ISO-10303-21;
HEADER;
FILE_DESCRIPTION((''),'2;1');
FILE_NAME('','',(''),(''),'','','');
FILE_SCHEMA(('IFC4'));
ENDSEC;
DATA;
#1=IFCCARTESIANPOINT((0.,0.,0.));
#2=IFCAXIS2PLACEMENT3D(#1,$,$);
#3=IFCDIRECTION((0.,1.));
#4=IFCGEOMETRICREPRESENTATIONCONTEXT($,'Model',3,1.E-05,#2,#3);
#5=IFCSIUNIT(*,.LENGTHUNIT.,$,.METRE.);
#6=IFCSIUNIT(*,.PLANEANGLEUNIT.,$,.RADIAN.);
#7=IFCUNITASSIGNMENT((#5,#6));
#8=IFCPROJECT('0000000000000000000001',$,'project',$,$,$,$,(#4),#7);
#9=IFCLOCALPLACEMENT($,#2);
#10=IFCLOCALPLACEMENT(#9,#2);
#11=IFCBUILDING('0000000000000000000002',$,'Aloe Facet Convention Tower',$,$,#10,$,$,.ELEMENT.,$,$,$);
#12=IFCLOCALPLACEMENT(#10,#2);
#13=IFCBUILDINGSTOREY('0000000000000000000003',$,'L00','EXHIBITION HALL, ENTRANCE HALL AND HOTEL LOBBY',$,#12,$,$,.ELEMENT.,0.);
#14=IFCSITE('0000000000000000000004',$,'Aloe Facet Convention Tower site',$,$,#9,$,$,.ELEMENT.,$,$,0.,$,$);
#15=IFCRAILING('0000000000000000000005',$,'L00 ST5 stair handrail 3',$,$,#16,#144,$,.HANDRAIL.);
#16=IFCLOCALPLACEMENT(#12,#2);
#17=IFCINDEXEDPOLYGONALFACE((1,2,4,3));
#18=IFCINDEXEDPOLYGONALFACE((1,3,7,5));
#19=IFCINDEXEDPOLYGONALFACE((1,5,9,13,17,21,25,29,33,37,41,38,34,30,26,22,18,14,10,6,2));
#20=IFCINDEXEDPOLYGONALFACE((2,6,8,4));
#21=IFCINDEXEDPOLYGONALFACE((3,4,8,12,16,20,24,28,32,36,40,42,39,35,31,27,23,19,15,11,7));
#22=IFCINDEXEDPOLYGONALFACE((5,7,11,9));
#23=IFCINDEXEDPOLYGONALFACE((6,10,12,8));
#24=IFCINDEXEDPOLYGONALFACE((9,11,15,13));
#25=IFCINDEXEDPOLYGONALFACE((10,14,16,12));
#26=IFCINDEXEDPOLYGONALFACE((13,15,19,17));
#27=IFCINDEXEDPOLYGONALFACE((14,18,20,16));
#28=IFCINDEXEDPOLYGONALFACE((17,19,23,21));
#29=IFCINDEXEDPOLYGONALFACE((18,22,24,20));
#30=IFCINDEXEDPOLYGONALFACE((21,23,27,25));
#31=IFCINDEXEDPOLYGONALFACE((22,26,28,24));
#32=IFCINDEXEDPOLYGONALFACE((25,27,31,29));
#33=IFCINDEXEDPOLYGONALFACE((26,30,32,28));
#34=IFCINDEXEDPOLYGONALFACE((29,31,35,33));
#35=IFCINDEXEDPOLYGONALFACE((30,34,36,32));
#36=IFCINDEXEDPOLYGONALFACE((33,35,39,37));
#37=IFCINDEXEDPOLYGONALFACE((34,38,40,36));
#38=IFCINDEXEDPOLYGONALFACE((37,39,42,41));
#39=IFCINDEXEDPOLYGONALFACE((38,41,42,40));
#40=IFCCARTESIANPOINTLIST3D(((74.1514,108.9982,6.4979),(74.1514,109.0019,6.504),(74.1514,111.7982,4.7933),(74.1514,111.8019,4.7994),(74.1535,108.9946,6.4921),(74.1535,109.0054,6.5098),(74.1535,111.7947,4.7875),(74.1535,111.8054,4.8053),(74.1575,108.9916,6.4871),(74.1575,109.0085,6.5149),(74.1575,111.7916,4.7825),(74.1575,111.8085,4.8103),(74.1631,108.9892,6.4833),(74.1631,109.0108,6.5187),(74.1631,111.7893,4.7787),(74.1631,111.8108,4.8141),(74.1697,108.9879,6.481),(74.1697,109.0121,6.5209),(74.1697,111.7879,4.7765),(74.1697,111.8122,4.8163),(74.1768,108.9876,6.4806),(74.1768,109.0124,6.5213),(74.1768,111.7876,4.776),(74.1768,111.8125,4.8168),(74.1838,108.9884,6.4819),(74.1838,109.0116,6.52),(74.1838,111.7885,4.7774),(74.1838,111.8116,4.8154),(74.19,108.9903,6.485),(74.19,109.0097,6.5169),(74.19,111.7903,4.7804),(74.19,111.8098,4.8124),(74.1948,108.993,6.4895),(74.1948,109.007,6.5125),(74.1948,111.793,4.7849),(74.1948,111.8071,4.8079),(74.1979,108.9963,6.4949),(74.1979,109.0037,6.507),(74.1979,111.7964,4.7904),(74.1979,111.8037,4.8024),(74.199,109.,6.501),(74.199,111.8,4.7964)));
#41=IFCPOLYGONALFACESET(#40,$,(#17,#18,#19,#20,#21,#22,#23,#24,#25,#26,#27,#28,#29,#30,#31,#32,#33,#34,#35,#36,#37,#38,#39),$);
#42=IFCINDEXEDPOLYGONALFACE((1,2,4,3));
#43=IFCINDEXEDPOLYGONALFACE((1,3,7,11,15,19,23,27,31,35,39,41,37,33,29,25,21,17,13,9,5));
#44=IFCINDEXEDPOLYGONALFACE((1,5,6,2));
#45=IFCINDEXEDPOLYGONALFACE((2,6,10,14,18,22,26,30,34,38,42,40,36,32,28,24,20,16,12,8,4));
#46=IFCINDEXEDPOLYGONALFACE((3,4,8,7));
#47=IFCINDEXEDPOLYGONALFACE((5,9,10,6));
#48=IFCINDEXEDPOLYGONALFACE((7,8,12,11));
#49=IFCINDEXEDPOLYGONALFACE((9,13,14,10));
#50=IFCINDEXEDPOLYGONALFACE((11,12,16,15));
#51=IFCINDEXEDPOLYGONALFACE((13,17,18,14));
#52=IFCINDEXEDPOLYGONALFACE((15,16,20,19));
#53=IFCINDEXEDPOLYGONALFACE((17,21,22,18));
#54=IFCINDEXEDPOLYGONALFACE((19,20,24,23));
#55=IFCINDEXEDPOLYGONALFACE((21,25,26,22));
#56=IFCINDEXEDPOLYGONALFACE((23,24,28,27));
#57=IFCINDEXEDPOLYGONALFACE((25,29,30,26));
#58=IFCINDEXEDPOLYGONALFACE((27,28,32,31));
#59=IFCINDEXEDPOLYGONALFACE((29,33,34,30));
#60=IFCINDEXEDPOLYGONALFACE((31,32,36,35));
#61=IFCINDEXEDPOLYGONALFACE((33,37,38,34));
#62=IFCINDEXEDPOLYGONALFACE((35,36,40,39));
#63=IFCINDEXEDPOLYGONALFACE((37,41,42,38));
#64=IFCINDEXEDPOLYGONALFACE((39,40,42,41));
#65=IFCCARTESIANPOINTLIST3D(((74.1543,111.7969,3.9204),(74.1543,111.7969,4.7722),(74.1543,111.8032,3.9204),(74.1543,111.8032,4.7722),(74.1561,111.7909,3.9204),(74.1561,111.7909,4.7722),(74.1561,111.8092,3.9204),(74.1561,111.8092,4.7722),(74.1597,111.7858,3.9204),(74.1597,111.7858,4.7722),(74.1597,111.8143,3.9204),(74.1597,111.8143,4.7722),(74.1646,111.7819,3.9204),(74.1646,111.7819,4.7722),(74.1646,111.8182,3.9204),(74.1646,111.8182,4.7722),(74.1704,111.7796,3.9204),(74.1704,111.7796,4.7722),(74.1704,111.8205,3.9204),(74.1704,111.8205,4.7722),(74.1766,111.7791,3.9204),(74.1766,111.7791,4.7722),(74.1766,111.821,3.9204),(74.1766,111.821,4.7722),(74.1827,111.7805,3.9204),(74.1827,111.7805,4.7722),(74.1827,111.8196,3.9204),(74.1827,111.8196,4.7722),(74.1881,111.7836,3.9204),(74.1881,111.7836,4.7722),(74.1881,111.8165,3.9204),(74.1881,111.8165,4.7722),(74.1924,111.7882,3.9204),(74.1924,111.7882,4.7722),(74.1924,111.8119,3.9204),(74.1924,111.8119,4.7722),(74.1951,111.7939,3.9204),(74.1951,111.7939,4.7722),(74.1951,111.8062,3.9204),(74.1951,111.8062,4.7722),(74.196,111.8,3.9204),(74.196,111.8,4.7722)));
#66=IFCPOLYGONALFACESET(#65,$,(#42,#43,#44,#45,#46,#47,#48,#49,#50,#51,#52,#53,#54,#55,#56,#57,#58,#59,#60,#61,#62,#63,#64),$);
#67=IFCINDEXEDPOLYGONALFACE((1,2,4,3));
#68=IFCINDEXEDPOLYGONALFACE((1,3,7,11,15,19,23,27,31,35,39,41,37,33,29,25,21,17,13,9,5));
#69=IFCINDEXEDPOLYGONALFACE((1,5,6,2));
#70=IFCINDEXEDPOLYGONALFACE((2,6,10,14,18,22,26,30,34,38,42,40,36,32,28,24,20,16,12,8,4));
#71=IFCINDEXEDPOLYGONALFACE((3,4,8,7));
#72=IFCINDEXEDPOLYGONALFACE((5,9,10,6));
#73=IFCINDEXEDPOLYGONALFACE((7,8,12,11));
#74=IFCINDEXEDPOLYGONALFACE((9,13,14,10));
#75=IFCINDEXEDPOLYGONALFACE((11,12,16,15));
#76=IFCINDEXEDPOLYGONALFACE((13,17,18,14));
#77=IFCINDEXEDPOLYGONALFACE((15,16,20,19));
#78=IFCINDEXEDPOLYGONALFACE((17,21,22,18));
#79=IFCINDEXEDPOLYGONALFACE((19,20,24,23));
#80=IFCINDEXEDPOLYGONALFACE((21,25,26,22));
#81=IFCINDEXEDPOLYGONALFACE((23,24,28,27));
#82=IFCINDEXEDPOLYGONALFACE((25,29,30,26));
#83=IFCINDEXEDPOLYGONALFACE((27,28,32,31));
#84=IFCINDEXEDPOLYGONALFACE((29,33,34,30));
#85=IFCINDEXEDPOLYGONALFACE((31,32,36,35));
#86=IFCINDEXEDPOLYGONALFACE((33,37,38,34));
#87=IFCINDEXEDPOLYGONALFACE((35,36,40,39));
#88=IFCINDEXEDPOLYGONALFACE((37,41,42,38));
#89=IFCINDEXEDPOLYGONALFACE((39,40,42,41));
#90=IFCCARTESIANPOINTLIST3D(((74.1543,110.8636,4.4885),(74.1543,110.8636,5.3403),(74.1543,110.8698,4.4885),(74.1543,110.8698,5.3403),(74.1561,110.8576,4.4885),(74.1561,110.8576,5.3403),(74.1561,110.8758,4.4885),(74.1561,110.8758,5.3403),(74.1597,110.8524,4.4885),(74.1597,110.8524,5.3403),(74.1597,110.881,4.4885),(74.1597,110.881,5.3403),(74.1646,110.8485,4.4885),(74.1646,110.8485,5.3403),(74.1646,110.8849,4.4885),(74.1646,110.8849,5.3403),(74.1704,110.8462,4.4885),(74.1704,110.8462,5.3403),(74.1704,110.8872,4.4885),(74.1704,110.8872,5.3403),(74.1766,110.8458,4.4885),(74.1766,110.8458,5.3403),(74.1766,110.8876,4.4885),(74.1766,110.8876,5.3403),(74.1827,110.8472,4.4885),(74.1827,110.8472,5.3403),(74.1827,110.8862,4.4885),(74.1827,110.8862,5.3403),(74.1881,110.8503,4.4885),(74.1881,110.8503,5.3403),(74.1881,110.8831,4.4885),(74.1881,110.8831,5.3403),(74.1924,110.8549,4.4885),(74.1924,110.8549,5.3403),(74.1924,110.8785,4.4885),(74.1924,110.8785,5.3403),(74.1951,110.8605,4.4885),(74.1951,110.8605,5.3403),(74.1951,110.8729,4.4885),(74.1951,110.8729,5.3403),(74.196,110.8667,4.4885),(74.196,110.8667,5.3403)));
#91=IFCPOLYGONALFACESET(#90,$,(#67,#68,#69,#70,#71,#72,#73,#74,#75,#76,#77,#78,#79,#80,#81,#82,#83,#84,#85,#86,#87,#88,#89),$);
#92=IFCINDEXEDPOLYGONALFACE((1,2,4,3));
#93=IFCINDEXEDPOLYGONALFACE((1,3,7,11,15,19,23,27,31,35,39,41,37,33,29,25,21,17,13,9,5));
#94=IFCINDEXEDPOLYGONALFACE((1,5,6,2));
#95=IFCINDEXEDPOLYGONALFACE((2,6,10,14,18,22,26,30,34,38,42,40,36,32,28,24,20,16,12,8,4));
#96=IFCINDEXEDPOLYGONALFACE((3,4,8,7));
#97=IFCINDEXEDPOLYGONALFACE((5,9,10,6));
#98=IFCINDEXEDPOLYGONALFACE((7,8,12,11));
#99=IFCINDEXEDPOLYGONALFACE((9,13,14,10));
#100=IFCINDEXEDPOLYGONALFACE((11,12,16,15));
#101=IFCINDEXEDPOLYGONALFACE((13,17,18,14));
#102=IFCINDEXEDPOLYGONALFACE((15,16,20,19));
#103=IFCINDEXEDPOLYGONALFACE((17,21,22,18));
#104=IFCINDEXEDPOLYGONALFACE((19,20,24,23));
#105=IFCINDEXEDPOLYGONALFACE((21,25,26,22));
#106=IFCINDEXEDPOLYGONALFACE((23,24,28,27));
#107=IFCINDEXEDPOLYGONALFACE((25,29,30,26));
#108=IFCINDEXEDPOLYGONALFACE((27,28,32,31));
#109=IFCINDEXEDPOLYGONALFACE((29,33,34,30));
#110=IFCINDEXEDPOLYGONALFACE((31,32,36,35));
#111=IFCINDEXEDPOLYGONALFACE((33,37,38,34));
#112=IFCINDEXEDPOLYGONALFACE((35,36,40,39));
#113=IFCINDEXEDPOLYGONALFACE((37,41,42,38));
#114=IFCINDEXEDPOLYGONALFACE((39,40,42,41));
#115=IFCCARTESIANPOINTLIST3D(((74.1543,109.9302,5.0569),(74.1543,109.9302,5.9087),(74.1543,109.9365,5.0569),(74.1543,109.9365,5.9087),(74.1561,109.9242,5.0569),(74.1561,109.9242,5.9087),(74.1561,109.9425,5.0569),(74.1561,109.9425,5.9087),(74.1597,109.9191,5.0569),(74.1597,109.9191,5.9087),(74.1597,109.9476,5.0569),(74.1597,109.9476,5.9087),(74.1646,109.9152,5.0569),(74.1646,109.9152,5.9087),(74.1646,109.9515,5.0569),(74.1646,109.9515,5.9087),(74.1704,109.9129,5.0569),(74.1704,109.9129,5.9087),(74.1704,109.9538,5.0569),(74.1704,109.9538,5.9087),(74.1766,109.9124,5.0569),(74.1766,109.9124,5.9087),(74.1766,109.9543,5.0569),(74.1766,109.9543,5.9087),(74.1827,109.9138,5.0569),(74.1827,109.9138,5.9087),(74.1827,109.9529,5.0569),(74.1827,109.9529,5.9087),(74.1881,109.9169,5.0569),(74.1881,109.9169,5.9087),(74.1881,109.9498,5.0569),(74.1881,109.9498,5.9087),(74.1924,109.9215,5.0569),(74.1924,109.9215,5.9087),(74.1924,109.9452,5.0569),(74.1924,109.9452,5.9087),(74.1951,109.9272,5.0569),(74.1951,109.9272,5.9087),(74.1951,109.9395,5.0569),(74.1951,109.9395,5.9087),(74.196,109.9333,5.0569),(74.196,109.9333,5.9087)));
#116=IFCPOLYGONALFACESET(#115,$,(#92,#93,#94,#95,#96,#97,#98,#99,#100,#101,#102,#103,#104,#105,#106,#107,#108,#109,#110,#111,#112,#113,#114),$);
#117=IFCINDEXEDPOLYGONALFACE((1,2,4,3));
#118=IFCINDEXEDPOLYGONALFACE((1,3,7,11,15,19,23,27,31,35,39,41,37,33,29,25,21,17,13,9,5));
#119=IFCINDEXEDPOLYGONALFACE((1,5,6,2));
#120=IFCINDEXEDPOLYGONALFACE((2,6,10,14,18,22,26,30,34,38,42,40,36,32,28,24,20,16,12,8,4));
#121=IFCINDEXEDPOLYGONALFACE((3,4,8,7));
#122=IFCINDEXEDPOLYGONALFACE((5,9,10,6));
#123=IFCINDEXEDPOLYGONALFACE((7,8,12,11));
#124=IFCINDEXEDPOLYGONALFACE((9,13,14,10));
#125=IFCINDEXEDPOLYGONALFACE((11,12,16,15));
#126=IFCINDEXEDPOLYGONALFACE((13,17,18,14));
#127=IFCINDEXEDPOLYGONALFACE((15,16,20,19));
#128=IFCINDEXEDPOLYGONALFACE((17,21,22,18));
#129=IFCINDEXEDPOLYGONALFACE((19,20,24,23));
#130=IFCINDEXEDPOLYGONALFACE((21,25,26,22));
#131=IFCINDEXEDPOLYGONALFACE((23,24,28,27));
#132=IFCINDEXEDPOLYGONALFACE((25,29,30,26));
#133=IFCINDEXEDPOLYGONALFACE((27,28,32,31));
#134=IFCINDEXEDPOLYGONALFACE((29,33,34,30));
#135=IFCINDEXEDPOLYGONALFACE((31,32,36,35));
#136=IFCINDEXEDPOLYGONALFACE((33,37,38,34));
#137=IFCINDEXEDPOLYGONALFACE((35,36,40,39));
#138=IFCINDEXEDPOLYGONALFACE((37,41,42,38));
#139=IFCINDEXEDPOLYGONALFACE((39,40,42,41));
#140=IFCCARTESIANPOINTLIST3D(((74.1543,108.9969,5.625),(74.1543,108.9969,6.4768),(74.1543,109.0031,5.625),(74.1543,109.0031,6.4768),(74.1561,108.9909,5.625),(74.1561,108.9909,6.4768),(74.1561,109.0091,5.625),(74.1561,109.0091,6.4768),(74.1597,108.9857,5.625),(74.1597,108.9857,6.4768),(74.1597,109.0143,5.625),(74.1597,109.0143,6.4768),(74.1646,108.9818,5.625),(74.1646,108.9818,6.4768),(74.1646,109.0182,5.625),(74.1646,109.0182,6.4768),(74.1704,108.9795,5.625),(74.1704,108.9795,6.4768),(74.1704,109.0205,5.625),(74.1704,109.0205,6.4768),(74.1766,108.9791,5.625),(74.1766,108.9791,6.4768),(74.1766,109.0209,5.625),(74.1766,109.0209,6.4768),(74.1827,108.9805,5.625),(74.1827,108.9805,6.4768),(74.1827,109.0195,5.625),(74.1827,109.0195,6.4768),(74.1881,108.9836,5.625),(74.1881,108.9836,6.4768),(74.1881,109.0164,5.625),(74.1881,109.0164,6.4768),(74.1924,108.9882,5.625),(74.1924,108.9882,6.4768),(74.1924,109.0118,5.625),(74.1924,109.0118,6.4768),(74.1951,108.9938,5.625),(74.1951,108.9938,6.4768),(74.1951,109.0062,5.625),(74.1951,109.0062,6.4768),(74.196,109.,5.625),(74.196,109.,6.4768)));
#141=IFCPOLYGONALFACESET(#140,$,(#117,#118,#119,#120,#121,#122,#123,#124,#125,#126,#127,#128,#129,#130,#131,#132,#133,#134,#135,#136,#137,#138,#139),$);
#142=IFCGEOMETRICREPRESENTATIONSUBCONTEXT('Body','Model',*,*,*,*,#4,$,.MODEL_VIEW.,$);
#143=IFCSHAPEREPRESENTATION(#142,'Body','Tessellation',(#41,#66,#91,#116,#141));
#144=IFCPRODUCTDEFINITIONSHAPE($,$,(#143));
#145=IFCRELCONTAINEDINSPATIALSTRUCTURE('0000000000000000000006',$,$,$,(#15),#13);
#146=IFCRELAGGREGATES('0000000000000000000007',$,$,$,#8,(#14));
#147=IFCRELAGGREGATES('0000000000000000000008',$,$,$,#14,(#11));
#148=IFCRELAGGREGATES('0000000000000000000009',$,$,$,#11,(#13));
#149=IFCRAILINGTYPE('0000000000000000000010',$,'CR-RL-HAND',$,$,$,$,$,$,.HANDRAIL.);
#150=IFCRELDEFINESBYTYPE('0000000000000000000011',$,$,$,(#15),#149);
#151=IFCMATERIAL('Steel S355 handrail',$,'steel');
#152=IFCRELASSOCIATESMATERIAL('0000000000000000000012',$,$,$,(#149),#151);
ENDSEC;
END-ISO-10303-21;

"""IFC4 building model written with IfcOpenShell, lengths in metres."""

from ifc_helpers import new_model, si_unit, direction, frame, origin, origin_2d, place, context, subcontext, project, spatial, circle, extrude, material, type_object, element, save


model = new_model("IFC4")

# Units and contexts
model_context = context("Model", 3, precision=1e-05, world=origin(), true_north=direction((0.0, 1.0)))
body_context = subcontext(model_context, "Body", "Model", "MODEL_VIEW")
ifc_project = project(units=[si_unit("LENGTHUNIT", "METRE"), si_unit("PLANEANGLEUNIT", "RADIAN")], contexts=[model_context])

# Site, building, storey
site_placement = place(None, origin())
site = spatial("IfcSite", under=ifc_project, at=site_placement, Name="Aloe Facet Convention Tower site", CompositionType="ELEMENT", RefElevation=0.0)
building_placement = place(site_placement, origin())
building = spatial("IfcBuilding", under=site, at=building_placement, Name="Aloe Facet Convention Tower", CompositionType="ELEMENT")
storey_placement = place(building_placement, origin())
storey = spatial("IfcBuildingStorey", under=building, at=storey_placement, Name="L00", Description="EXHIBITION HALL, ENTRANCE HALL AND HOTEL LOBBY", CompositionType="ELEMENT", Elevation=0.0)

# Railing
ifc_material_1 = material(Name="Steel S355 handrail", Category="steel")
railing_type_1 = type_object("IfcRailingType", Name="CR-RL-HAND", PredefinedType="HANDRAIL", material=ifc_material_1)
railing_1_placement = place(storey_placement, frame((74.175, 111.8, 3.9204)))
element("IfcRailing", 1, at=railing_1_placement, inside=storey, type_object=railing_type_1, Name="L00 ST5 stair handrail 3", PredefinedType="HANDRAIL", context=body_context, shape_type="SweptSolid", body=[
    extrude(circle(Radius=0.0239, at=origin_2d()), frame((0.0, 0.0, 0.876), z_axis=(0.0, -0.85417, 0.519994), x_axis=(1.0, 0.0, 0.0)), (0.0, 0.0, 1.0), 3.2781),
    extrude(circle(Radius=0.021, at=origin_2d()), origin(), (0.0, 0.0, 1.0), 0.8518),
    extrude(circle(Radius=0.021, at=origin_2d()), frame((0.0, -0.9333, 0.5681)), (0.0, 0.0, 1.0), 0.8518),
    extrude(circle(Radius=0.021, at=origin_2d()), frame((0.0, -1.8667, 1.1365)), (0.0, 0.0, 1.0), 0.8518),
    extrude(circle(Radius=0.021, at=origin_2d()), frame((0.0, -2.8, 1.7046)), (0.0, 0.0, 1.0), 0.8518),
])

save(model, "model.ifc")
